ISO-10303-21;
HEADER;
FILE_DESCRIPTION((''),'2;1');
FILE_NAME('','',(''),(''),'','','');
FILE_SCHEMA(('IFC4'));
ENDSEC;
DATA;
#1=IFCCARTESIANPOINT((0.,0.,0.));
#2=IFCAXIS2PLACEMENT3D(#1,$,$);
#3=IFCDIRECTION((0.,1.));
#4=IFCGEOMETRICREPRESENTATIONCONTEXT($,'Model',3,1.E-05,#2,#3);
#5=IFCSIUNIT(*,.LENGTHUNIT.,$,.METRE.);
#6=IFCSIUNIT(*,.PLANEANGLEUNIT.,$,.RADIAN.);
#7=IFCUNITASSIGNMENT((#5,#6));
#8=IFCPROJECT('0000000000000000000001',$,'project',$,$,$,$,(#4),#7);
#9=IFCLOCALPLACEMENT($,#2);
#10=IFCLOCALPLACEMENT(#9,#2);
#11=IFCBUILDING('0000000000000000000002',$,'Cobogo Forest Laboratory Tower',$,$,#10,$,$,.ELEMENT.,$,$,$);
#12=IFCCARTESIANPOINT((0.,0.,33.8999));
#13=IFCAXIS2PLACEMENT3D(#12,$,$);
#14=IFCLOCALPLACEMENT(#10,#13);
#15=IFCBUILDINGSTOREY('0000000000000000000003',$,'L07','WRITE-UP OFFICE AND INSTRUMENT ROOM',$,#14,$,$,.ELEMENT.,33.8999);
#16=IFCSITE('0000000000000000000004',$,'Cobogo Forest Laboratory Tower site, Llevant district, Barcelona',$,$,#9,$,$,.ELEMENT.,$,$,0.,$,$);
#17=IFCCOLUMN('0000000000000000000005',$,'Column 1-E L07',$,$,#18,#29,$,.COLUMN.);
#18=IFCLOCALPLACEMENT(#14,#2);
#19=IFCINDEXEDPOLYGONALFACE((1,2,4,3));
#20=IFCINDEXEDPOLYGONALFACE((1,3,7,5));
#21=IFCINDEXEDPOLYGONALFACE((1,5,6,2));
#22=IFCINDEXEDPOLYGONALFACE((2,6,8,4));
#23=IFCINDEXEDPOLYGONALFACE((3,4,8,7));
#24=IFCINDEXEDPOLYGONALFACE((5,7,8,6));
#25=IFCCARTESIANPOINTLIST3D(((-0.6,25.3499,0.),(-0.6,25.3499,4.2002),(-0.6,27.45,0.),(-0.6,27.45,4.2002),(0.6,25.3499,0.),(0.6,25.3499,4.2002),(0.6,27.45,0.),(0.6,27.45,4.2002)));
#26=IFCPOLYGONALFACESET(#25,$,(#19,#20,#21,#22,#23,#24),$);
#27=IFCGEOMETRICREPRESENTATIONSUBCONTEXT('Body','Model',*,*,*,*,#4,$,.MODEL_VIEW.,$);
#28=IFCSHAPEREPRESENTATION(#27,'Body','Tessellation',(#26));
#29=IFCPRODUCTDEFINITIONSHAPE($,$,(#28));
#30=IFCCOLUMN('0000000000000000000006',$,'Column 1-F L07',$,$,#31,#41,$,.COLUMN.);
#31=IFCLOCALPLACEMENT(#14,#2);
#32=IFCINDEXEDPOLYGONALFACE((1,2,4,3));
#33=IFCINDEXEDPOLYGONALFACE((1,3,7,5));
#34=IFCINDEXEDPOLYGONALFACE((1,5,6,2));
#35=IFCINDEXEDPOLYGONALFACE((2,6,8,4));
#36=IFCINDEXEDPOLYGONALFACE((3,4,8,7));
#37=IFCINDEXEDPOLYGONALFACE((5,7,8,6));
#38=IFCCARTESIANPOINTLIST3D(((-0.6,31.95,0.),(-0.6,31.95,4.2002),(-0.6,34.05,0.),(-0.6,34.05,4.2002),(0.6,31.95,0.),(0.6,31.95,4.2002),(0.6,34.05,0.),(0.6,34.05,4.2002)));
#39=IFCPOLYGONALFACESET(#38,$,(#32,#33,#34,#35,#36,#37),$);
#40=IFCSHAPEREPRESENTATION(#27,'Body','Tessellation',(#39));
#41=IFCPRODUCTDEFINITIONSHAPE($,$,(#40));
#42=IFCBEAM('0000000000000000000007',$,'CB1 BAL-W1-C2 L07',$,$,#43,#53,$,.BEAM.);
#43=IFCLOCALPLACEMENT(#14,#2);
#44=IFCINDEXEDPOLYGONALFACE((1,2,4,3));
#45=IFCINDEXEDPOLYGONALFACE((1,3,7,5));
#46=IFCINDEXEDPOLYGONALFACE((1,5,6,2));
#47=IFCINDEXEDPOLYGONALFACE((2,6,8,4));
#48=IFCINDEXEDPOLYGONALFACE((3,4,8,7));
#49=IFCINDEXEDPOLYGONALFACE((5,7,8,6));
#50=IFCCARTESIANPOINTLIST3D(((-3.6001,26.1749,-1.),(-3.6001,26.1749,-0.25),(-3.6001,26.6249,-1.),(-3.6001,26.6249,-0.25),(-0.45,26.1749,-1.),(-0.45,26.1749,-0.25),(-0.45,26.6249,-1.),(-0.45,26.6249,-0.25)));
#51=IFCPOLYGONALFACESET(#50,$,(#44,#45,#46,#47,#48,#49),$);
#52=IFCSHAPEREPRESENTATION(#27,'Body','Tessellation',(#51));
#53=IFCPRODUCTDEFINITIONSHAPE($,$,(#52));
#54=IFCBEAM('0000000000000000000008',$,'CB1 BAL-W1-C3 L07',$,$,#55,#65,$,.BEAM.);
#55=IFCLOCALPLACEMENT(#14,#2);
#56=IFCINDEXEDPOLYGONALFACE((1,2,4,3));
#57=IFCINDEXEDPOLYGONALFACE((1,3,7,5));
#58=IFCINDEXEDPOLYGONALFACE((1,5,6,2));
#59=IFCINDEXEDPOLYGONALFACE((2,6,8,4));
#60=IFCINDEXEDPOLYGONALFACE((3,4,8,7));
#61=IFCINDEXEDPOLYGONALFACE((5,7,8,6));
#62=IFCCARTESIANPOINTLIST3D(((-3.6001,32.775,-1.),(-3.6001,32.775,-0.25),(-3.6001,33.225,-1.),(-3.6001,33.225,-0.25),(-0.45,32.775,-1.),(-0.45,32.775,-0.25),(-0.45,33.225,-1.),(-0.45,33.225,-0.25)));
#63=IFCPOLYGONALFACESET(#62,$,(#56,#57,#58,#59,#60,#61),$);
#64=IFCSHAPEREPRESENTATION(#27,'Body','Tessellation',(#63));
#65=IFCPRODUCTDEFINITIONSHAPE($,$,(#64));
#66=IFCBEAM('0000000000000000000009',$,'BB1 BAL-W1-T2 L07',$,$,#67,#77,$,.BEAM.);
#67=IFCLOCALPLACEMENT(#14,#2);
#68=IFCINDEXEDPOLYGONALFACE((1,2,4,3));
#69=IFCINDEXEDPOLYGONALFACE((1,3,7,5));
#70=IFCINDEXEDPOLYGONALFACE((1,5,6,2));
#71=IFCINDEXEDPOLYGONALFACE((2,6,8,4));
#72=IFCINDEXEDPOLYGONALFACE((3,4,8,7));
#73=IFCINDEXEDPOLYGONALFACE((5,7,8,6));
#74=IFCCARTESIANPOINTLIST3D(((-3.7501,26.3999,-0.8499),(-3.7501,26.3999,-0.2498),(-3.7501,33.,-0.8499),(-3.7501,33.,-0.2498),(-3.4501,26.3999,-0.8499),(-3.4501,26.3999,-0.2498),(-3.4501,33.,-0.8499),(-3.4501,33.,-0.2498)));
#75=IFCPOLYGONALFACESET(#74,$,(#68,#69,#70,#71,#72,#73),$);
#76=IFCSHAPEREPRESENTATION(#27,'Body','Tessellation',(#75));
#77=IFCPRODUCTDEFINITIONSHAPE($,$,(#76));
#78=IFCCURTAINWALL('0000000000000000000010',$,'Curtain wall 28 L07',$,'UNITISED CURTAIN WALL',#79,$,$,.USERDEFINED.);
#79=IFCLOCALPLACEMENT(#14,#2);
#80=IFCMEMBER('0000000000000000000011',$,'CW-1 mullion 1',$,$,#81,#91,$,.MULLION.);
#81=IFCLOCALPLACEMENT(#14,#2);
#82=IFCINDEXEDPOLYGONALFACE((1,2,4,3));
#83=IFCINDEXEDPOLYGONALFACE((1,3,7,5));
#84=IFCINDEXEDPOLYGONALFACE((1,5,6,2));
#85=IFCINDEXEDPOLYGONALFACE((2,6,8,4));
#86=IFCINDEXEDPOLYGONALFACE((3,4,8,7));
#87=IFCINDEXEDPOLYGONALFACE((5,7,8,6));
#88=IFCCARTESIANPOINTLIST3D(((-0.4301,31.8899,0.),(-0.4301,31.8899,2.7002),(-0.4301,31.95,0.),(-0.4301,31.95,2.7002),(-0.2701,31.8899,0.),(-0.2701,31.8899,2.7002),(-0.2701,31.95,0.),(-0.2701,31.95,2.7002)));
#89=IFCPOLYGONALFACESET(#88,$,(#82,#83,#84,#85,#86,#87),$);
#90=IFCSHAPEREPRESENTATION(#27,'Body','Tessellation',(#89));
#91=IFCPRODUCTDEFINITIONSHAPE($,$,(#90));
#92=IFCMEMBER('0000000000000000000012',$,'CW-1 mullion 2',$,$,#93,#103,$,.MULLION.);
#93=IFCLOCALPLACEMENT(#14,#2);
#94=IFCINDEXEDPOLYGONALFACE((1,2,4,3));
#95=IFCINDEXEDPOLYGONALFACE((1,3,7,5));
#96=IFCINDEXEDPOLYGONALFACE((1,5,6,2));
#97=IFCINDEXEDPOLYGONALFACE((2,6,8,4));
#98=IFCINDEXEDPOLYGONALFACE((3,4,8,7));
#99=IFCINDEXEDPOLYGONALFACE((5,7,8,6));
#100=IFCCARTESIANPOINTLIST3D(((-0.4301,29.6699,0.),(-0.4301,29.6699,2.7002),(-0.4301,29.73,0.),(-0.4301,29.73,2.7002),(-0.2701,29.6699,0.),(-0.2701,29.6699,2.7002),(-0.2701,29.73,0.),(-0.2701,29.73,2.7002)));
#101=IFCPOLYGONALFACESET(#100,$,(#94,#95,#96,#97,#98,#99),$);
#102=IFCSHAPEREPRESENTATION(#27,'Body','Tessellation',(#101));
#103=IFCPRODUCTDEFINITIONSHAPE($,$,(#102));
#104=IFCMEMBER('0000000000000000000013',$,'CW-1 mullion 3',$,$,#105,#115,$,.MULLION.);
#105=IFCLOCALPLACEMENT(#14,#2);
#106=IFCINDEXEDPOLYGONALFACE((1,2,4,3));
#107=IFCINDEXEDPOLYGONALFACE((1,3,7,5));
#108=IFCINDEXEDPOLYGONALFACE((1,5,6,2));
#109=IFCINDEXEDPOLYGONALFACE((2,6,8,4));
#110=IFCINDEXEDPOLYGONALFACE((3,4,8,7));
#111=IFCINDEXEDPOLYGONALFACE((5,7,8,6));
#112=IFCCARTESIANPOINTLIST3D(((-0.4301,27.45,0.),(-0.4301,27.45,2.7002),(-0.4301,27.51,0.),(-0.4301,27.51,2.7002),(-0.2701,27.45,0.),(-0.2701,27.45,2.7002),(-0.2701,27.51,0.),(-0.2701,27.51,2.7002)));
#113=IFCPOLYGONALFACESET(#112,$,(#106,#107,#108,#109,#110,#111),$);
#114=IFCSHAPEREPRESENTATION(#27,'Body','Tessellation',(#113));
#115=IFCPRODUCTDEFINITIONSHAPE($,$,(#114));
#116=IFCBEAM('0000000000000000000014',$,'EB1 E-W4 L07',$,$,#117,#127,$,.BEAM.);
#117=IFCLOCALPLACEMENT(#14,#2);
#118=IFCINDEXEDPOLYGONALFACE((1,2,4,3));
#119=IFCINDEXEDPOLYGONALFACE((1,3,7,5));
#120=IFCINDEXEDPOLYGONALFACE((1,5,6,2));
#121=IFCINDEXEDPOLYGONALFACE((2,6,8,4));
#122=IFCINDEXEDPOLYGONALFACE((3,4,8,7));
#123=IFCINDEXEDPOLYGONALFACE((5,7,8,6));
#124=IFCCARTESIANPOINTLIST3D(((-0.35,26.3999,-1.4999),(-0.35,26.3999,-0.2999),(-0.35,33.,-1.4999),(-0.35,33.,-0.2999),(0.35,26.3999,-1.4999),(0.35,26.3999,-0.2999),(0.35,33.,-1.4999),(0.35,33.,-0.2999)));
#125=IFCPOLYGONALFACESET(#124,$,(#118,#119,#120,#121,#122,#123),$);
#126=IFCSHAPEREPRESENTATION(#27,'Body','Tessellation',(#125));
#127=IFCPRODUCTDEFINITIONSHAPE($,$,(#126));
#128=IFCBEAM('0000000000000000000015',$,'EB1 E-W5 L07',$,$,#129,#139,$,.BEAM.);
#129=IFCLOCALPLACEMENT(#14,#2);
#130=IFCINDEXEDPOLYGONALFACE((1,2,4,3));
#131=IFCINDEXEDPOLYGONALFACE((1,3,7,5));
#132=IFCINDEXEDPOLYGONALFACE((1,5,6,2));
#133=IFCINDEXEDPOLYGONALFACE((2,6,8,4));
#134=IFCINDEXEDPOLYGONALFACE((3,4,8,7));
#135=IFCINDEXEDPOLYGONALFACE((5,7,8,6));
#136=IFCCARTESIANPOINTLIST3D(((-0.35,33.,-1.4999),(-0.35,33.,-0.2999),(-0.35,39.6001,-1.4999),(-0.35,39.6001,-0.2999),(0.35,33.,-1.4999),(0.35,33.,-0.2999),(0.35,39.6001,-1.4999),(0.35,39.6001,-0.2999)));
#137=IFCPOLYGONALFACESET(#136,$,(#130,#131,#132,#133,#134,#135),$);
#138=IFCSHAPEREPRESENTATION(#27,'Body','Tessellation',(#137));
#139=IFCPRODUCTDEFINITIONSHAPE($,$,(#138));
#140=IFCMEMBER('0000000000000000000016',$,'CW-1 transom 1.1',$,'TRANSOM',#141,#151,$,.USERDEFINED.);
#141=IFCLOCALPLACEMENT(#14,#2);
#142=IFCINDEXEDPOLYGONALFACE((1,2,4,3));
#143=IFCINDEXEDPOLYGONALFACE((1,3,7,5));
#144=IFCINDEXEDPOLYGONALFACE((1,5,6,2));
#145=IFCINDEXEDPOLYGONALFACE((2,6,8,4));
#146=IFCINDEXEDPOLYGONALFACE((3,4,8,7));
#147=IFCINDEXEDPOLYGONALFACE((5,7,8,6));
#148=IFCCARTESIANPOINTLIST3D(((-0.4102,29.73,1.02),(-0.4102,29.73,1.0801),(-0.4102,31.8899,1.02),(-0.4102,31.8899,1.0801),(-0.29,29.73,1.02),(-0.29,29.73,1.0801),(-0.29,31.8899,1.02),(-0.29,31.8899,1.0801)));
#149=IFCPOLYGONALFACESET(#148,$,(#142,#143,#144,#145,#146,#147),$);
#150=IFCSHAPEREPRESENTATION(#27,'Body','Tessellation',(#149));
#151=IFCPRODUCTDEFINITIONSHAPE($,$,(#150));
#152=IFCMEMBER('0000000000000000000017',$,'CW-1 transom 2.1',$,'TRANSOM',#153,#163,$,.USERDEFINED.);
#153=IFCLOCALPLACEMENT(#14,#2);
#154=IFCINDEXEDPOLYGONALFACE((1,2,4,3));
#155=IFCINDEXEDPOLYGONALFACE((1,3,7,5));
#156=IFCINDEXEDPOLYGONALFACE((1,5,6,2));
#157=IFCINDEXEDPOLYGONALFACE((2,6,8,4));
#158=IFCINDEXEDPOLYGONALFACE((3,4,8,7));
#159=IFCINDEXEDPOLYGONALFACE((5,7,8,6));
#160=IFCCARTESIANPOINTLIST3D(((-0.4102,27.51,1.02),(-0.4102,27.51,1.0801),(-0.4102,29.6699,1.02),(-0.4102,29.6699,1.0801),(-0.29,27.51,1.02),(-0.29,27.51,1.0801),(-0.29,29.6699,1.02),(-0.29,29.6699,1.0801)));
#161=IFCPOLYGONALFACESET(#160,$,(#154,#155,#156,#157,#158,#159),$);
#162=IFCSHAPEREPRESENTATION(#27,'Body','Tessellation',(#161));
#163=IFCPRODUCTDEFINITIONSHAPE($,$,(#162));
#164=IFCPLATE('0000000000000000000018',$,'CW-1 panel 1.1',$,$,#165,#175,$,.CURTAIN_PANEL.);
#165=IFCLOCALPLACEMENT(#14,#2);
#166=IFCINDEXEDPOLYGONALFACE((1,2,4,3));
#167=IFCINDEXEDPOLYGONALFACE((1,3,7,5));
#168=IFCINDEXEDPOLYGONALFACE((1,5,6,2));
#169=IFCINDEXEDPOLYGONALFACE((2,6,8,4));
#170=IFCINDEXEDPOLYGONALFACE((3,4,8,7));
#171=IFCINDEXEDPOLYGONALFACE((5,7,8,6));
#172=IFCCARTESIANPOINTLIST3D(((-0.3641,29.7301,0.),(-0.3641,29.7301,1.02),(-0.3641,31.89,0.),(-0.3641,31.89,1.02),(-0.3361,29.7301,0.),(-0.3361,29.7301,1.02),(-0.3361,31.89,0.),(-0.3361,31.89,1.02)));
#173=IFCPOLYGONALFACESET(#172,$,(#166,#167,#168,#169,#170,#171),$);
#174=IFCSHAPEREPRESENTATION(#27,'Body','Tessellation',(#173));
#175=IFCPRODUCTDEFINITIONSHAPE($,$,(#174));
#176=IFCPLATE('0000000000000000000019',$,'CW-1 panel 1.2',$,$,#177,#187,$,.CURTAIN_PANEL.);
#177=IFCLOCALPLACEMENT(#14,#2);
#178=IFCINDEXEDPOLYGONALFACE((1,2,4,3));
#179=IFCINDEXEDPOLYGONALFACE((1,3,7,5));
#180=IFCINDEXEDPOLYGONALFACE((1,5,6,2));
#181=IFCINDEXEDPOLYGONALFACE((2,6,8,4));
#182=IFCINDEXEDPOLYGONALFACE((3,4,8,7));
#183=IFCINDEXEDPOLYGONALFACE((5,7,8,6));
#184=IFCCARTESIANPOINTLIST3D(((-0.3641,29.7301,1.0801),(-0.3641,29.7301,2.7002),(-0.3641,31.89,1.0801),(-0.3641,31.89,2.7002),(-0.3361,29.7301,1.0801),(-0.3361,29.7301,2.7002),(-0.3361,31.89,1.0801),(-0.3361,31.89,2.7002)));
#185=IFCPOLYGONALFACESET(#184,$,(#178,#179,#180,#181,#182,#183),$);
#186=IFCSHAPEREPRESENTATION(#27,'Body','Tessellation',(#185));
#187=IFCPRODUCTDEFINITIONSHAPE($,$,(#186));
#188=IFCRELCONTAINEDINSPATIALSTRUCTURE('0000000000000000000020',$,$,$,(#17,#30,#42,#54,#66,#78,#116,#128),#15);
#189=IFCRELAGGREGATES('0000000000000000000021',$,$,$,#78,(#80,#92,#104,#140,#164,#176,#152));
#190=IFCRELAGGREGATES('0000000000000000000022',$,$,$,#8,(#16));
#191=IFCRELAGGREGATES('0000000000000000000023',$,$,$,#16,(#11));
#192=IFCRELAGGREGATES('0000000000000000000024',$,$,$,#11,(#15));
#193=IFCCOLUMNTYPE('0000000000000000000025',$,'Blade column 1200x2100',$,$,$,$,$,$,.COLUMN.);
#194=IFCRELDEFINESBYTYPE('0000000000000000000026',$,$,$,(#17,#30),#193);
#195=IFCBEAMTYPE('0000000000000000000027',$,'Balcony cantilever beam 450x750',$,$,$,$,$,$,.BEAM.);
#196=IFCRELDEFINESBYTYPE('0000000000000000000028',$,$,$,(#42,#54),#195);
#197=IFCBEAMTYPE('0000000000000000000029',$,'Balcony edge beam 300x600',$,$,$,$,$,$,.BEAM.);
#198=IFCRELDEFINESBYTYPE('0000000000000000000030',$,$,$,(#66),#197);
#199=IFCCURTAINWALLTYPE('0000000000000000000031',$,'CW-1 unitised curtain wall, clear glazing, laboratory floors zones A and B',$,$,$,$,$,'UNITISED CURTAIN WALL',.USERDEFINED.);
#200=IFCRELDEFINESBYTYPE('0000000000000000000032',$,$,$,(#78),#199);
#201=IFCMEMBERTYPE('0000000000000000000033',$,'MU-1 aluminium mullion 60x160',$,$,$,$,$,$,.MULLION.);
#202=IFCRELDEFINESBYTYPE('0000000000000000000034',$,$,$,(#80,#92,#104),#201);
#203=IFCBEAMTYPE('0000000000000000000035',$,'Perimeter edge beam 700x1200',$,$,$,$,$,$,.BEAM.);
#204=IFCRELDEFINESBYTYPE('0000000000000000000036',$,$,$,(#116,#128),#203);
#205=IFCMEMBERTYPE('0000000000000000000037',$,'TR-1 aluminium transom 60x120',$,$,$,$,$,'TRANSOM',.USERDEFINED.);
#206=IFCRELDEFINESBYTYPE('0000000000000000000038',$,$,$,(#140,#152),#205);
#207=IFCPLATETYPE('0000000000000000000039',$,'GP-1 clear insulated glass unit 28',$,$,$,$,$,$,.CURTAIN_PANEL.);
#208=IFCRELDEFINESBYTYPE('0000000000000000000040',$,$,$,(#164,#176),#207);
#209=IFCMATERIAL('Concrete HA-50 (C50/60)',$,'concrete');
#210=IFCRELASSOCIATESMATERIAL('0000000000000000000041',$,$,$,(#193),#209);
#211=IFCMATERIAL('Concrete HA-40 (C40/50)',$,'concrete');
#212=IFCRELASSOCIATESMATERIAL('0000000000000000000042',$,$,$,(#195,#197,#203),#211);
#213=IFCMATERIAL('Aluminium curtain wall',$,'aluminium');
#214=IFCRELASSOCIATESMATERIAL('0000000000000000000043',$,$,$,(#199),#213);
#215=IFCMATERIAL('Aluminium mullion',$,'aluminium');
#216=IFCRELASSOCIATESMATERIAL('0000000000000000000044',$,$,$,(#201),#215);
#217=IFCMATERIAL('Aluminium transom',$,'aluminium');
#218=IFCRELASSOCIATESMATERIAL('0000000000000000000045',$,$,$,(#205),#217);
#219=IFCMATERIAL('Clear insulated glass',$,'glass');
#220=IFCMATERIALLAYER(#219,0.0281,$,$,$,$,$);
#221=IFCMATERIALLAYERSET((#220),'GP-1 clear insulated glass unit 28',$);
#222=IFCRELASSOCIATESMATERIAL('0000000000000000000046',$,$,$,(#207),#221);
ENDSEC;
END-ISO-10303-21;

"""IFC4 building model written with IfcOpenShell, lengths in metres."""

from ifc_helpers import new_model, si_unit, direction, frame, origin, origin_2d, place, context, subcontext, project, spatial, rectangle, extrude, material, layer, layer_set, material_profile, profile_set, type_object, element, aggregate, save


model = new_model("IFC4")

# Units and contexts
model_context = context("Model", 3, precision=1e-05, world=origin(), true_north=direction((0.0, 1.0)))
body_context = subcontext(model_context, "Body", "Model", "MODEL_VIEW")
ifc_project = project(units=[si_unit("LENGTHUNIT", "METRE"), si_unit("PLANEANGLEUNIT", "RADIAN")], contexts=[model_context])

# Site, building, storey
site_placement = place(None, origin())
site = spatial("IfcSite", under=ifc_project, at=site_placement, Name="Cobogo Forest Laboratory Tower site, Llevant district, Barcelona", CompositionType="ELEMENT", RefElevation=0.0)
building_placement = place(site_placement, origin())
building = spatial("IfcBuilding", under=site, at=building_placement, Name="Cobogo Forest Laboratory Tower", CompositionType="ELEMENT")
storey_placement = place(building_placement, frame((0.0, 0.0, 33.8999)))
storey = spatial("IfcBuildingStorey", under=building, at=storey_placement, Name="L07", Description="WRITE-UP OFFICE AND INSTRUMENT ROOM", CompositionType="ELEMENT", Elevation=33.8999)

# Columns
ifc_material_1 = material(Name="Concrete HA-50 (C50/60)", Category="concrete")
ifc_material_profile_1 = material_profile(ifc_material_1, rectangle(XDim=2.1001, YDim=1.2, at=origin_2d()), Name="RC 1200x2100")
ifc_profile_set_1 = profile_set([ifc_material_profile_1], Name="Concrete HA-50 (C50/60)")
column_type = type_object("IfcColumnType", Name="Blade column 1200x2100", PredefinedType="COLUMN", material=ifc_profile_set_1)
for number, where, z_axis, x_axis, name in (
    (1, (0.0, 26.3999, 0.0), (0.0, 0.0, 1.0), (0.0, 1.0, 0.0), "Column 1-E L07"),
    (2, (0.0, 33.0, 0.0), (0.0, 0.0, 1.0), (0.0, 1.0, 0.0), "Column 1-F L07"),
):
    element("IfcColumn", number, at=place(storey_placement, frame(where, z_axis=z_axis, x_axis=x_axis)), inside=storey, type_object=column_type, Name=name, PredefinedType="COLUMN", context=body_context, shape_type="SweptSolid", body=[
        extrude(rectangle(XDim=2.1001, YDim=1.2, at=origin_2d()), origin(), (0.0, 0.0, 1.0), 4.2002),
    ])

# Beams
ifc_material_2 = material(Name="Concrete HA-40 (C40/50)", Category="concrete")
ifc_material_profile_2 = material_profile(ifc_material_2, rectangle(XDim=0.45, YDim=0.75, at=origin_2d()), Name="RC 450x750")
ifc_profile_set_2 = profile_set([ifc_material_profile_2], Name="Concrete HA-40 (C40/50)")
beam_type_1 = type_object("IfcBeamType", Name="Balcony cantilever beam 450x750", PredefinedType="BEAM", material=ifc_profile_set_2)
for number, where, z_axis, x_axis, name in (
    (3, (-0.45, 26.3999, -0.625), (-1.0, 0.0, 0.0), (0.0, -1.0, 0.0), "CB1 BAL-W1-C2 L07"),
    (4, (-0.45, 33.0, -0.625), (-1.0, 0.0, 0.0), (0.0, -1.0, 0.0), "CB1 BAL-W1-C3 L07"),
):
    element("IfcBeam", number, at=place(storey_placement, frame(where, z_axis=z_axis, x_axis=x_axis)), inside=storey, type_object=beam_type_1, Name=name, PredefinedType="BEAM", context=body_context, shape_type="SweptSolid", body=[
        extrude(rectangle(XDim=0.45, YDim=0.75, at=origin_2d()), origin(), (0.0, 0.0, 1.0), 3.1501),
    ])
ifc_material_profile_3 = material_profile(ifc_material_2, rectangle(XDim=0.3, YDim=0.6001, at=origin_2d()), Name="RC 300x600")
ifc_profile_set_3 = profile_set([ifc_material_profile_3], Name="Concrete HA-40 (C40/50)")
beam_type_2 = type_object("IfcBeamType", Name="Balcony edge beam 300x600", PredefinedType="BEAM", material=ifc_profile_set_3)
beam_placement = place(storey_placement, frame((-3.6001, 26.3999, -0.5498), z_axis=(0.0, 1.0, 0.0), x_axis=(-1.0, 0.0, 0.0)))
element("IfcBeam", 5, at=beam_placement, inside=storey, type_object=beam_type_2, Name="BB1 BAL-W1-T2 L07", PredefinedType="BEAM", context=body_context, shape_type="SweptSolid", body=[
    extrude(rectangle(XDim=0.3, YDim=0.6001, at=origin_2d()), origin(), (0.0, 0.0, 1.0), 6.6001),
])

# Curtain wall, members
ifc_material_3 = material(Name="Aluminium curtain wall", Category="aluminium")
curtain_wall_type = type_object("IfcCurtainWallType", Name="CW-1 unitised curtain wall, clear glazing, laboratory floors zones A and B", ElementType="UNITISED CURTAIN WALL", PredefinedType="USERDEFINED", material=ifc_material_3)
curtain_wall_placement = place(storey_placement, origin())
curtain_wall = element("IfcCurtainWall", 6, at=curtain_wall_placement, inside=storey, type_object=curtain_wall_type, Name="Curtain wall 28 L07", ObjectType="UNITISED CURTAIN WALL", PredefinedType="USERDEFINED")
ifc_material_4 = material(Name="Aluminium mullion", Category="aluminium")
ifc_material_profile_4 = material_profile(ifc_material_4, rectangle(XDim=0.0601, YDim=0.1599, at=origin_2d()), Name="AL 60x160")
ifc_profile_set_4 = profile_set([ifc_material_profile_4], Name="Aluminium mullion")
member_type_1 = type_object("IfcMemberType", Name="MU-1 aluminium mullion 60x160", PredefinedType="MULLION", material=ifc_profile_set_4)
member_1_placement = place(storey_placement, frame((-0.3501, 31.9199, 0.0), z_axis=(0.0, 0.0, 1.0), x_axis=(0.0, -1.0, 0.0)))
member_1 = element("IfcMember", 7, at=member_1_placement, type_object=member_type_1, Name="CW-1 mullion 1", PredefinedType="MULLION", context=body_context, shape_type="SweptSolid", body=[
    extrude(rectangle(XDim=0.0601, YDim=0.1599, at=origin_2d()), origin(), (0.0, 0.0, 1.0), 2.7002),
])
member_2_placement = place(storey_placement, frame((-0.3501, 29.7, 0.0), z_axis=(0.0, 0.0, 1.0), x_axis=(0.0, -1.0, 0.0)))
member_2 = element("IfcMember", 8, at=member_2_placement, type_object=member_type_1, Name="CW-1 mullion 2", PredefinedType="MULLION", context=body_context, shape_type="SweptSolid", body=[
    extrude(rectangle(XDim=0.0601, YDim=0.1599, at=origin_2d()), origin(), (0.0, 0.0, 1.0), 2.7002),
])
member_3_placement = place(storey_placement, frame((-0.3501, 27.48, 0.0), z_axis=(0.0, 0.0, 1.0), x_axis=(0.0, -1.0, 0.0)))
member_3 = element("IfcMember", 9, at=member_3_placement, type_object=member_type_1, Name="CW-1 mullion 3", PredefinedType="MULLION", context=body_context, shape_type="SweptSolid", body=[
    extrude(rectangle(XDim=0.0601, YDim=0.1599, at=origin_2d()), origin(), (0.0, 0.0, 1.0), 2.7002),
])

# Beams
ifc_material_profile_5 = material_profile(ifc_material_2, rectangle(XDim=0.7, YDim=1.2, at=origin_2d()), Name="RC 700x1200")
ifc_profile_set_5 = profile_set([ifc_material_profile_5], Name="Concrete HA-40 (C40/50)")
beam_type_3 = type_object("IfcBeamType", Name="Perimeter edge beam 700x1200", PredefinedType="BEAM", material=ifc_profile_set_5)
for number, where, z_axis, x_axis, name in (
    (10, (0.0, 26.3999, -0.8999), (0.0, 1.0, 0.0), (-1.0, 0.0, 0.0), "EB1 E-W4 L07"),
    (11, (0.0, 33.0, -0.8999), (0.0, 1.0, 0.0), (-1.0, 0.0, 0.0), "EB1 E-W5 L07"),
):
    element("IfcBeam", number, at=place(storey_placement, frame(where, z_axis=z_axis, x_axis=x_axis)), inside=storey, type_object=beam_type_3, Name=name, PredefinedType="BEAM", context=body_context, shape_type="SweptSolid", body=[
        extrude(rectangle(XDim=0.7, YDim=1.2, at=origin_2d()), origin(), (0.0, 0.0, 1.0), 6.6001),
    ])

# Members
ifc_material_5 = material(Name="Aluminium transom", Category="aluminium")
ifc_material_profile_6 = material_profile(ifc_material_5, rectangle(XDim=0.1201, YDim=0.0601, at=origin_2d()), Name="AL 60x120")
ifc_profile_set_6 = profile_set([ifc_material_profile_6], Name="Aluminium transom")
member_type_2 = type_object("IfcMemberType", Name="TR-1 aluminium transom 60x120", ElementType="TRANSOM", PredefinedType="USERDEFINED", material=ifc_profile_set_6)
member_4_placement = place(storey_placement, frame((-0.3501, 31.8899, 1.05), z_axis=(0.0, -1.0, 0.0), x_axis=(1.0, 0.0, 0.0)))
member_4 = element("IfcMember", 12, at=member_4_placement, type_object=member_type_2, Name="CW-1 transom 1.1", ObjectType="TRANSOM", PredefinedType="USERDEFINED", context=body_context, shape_type="SweptSolid", body=[
    extrude(rectangle(XDim=0.1201, YDim=0.0601, at=origin_2d()), origin(), (0.0, 0.0, 1.0), 2.1599),
])
member_5_placement = place(storey_placement, frame((-0.3501, 29.6699, 1.05), z_axis=(0.0, -1.0, 0.0), x_axis=(1.0, 0.0, 0.0)))
member_5 = element("IfcMember", 13, at=member_5_placement, type_object=member_type_2, Name="CW-1 transom 2.1", ObjectType="TRANSOM", PredefinedType="USERDEFINED", context=body_context, shape_type="SweptSolid", body=[
    extrude(rectangle(XDim=0.1201, YDim=0.0601, at=origin_2d()), origin(), (0.0, 0.0, 1.0), 2.1599),
])

# Plates
ifc_material_6 = material(Name="Clear insulated glass", Category="glass")
ifc_layer_1 = layer(ifc_material_6, 0.0281)
ifc_layer_set_1 = layer_set([ifc_layer_1], Name="GP-1 clear insulated glass unit 28")
plate_type = type_object("IfcPlateType", Name="GP-1 clear insulated glass unit 28", PredefinedType="CURTAIN_PANEL", material=ifc_layer_set_1)
plate_1_placement = place(storey_placement, frame((-0.3501, 30.8101, 0.0), z_axis=(0.0, 0.0, 1.0), x_axis=(0.0, -1.0, 0.0)))
plate_1 = element("IfcPlate", 14, at=plate_1_placement, type_object=plate_type, Name="CW-1 panel 1.1", PredefinedType="CURTAIN_PANEL", context=body_context, shape_type="SweptSolid", body=[
    extrude(rectangle(XDim=2.1599, YDim=0.0281, at=origin_2d()), origin(), (0.0, 0.0, 1.0), 1.02),
])
plate_2_placement = place(storey_placement, frame((-0.3501, 30.8101, 1.0801), z_axis=(0.0, 0.0, 1.0), x_axis=(0.0, -1.0, 0.0)))
plate_2 = element("IfcPlate", 15, at=plate_2_placement, type_object=plate_type, Name="CW-1 panel 1.2", PredefinedType="CURTAIN_PANEL", context=body_context, shape_type="SweptSolid", body=[
    extrude(rectangle(XDim=2.1599, YDim=0.0281, at=origin_2d()), origin(), (0.0, 0.0, 1.0), 1.6201),
])
aggregate(curtain_wall, [member_1, member_2, member_3, member_4, plate_1, plate_2, member_5])

save(model, "model.ifc")
